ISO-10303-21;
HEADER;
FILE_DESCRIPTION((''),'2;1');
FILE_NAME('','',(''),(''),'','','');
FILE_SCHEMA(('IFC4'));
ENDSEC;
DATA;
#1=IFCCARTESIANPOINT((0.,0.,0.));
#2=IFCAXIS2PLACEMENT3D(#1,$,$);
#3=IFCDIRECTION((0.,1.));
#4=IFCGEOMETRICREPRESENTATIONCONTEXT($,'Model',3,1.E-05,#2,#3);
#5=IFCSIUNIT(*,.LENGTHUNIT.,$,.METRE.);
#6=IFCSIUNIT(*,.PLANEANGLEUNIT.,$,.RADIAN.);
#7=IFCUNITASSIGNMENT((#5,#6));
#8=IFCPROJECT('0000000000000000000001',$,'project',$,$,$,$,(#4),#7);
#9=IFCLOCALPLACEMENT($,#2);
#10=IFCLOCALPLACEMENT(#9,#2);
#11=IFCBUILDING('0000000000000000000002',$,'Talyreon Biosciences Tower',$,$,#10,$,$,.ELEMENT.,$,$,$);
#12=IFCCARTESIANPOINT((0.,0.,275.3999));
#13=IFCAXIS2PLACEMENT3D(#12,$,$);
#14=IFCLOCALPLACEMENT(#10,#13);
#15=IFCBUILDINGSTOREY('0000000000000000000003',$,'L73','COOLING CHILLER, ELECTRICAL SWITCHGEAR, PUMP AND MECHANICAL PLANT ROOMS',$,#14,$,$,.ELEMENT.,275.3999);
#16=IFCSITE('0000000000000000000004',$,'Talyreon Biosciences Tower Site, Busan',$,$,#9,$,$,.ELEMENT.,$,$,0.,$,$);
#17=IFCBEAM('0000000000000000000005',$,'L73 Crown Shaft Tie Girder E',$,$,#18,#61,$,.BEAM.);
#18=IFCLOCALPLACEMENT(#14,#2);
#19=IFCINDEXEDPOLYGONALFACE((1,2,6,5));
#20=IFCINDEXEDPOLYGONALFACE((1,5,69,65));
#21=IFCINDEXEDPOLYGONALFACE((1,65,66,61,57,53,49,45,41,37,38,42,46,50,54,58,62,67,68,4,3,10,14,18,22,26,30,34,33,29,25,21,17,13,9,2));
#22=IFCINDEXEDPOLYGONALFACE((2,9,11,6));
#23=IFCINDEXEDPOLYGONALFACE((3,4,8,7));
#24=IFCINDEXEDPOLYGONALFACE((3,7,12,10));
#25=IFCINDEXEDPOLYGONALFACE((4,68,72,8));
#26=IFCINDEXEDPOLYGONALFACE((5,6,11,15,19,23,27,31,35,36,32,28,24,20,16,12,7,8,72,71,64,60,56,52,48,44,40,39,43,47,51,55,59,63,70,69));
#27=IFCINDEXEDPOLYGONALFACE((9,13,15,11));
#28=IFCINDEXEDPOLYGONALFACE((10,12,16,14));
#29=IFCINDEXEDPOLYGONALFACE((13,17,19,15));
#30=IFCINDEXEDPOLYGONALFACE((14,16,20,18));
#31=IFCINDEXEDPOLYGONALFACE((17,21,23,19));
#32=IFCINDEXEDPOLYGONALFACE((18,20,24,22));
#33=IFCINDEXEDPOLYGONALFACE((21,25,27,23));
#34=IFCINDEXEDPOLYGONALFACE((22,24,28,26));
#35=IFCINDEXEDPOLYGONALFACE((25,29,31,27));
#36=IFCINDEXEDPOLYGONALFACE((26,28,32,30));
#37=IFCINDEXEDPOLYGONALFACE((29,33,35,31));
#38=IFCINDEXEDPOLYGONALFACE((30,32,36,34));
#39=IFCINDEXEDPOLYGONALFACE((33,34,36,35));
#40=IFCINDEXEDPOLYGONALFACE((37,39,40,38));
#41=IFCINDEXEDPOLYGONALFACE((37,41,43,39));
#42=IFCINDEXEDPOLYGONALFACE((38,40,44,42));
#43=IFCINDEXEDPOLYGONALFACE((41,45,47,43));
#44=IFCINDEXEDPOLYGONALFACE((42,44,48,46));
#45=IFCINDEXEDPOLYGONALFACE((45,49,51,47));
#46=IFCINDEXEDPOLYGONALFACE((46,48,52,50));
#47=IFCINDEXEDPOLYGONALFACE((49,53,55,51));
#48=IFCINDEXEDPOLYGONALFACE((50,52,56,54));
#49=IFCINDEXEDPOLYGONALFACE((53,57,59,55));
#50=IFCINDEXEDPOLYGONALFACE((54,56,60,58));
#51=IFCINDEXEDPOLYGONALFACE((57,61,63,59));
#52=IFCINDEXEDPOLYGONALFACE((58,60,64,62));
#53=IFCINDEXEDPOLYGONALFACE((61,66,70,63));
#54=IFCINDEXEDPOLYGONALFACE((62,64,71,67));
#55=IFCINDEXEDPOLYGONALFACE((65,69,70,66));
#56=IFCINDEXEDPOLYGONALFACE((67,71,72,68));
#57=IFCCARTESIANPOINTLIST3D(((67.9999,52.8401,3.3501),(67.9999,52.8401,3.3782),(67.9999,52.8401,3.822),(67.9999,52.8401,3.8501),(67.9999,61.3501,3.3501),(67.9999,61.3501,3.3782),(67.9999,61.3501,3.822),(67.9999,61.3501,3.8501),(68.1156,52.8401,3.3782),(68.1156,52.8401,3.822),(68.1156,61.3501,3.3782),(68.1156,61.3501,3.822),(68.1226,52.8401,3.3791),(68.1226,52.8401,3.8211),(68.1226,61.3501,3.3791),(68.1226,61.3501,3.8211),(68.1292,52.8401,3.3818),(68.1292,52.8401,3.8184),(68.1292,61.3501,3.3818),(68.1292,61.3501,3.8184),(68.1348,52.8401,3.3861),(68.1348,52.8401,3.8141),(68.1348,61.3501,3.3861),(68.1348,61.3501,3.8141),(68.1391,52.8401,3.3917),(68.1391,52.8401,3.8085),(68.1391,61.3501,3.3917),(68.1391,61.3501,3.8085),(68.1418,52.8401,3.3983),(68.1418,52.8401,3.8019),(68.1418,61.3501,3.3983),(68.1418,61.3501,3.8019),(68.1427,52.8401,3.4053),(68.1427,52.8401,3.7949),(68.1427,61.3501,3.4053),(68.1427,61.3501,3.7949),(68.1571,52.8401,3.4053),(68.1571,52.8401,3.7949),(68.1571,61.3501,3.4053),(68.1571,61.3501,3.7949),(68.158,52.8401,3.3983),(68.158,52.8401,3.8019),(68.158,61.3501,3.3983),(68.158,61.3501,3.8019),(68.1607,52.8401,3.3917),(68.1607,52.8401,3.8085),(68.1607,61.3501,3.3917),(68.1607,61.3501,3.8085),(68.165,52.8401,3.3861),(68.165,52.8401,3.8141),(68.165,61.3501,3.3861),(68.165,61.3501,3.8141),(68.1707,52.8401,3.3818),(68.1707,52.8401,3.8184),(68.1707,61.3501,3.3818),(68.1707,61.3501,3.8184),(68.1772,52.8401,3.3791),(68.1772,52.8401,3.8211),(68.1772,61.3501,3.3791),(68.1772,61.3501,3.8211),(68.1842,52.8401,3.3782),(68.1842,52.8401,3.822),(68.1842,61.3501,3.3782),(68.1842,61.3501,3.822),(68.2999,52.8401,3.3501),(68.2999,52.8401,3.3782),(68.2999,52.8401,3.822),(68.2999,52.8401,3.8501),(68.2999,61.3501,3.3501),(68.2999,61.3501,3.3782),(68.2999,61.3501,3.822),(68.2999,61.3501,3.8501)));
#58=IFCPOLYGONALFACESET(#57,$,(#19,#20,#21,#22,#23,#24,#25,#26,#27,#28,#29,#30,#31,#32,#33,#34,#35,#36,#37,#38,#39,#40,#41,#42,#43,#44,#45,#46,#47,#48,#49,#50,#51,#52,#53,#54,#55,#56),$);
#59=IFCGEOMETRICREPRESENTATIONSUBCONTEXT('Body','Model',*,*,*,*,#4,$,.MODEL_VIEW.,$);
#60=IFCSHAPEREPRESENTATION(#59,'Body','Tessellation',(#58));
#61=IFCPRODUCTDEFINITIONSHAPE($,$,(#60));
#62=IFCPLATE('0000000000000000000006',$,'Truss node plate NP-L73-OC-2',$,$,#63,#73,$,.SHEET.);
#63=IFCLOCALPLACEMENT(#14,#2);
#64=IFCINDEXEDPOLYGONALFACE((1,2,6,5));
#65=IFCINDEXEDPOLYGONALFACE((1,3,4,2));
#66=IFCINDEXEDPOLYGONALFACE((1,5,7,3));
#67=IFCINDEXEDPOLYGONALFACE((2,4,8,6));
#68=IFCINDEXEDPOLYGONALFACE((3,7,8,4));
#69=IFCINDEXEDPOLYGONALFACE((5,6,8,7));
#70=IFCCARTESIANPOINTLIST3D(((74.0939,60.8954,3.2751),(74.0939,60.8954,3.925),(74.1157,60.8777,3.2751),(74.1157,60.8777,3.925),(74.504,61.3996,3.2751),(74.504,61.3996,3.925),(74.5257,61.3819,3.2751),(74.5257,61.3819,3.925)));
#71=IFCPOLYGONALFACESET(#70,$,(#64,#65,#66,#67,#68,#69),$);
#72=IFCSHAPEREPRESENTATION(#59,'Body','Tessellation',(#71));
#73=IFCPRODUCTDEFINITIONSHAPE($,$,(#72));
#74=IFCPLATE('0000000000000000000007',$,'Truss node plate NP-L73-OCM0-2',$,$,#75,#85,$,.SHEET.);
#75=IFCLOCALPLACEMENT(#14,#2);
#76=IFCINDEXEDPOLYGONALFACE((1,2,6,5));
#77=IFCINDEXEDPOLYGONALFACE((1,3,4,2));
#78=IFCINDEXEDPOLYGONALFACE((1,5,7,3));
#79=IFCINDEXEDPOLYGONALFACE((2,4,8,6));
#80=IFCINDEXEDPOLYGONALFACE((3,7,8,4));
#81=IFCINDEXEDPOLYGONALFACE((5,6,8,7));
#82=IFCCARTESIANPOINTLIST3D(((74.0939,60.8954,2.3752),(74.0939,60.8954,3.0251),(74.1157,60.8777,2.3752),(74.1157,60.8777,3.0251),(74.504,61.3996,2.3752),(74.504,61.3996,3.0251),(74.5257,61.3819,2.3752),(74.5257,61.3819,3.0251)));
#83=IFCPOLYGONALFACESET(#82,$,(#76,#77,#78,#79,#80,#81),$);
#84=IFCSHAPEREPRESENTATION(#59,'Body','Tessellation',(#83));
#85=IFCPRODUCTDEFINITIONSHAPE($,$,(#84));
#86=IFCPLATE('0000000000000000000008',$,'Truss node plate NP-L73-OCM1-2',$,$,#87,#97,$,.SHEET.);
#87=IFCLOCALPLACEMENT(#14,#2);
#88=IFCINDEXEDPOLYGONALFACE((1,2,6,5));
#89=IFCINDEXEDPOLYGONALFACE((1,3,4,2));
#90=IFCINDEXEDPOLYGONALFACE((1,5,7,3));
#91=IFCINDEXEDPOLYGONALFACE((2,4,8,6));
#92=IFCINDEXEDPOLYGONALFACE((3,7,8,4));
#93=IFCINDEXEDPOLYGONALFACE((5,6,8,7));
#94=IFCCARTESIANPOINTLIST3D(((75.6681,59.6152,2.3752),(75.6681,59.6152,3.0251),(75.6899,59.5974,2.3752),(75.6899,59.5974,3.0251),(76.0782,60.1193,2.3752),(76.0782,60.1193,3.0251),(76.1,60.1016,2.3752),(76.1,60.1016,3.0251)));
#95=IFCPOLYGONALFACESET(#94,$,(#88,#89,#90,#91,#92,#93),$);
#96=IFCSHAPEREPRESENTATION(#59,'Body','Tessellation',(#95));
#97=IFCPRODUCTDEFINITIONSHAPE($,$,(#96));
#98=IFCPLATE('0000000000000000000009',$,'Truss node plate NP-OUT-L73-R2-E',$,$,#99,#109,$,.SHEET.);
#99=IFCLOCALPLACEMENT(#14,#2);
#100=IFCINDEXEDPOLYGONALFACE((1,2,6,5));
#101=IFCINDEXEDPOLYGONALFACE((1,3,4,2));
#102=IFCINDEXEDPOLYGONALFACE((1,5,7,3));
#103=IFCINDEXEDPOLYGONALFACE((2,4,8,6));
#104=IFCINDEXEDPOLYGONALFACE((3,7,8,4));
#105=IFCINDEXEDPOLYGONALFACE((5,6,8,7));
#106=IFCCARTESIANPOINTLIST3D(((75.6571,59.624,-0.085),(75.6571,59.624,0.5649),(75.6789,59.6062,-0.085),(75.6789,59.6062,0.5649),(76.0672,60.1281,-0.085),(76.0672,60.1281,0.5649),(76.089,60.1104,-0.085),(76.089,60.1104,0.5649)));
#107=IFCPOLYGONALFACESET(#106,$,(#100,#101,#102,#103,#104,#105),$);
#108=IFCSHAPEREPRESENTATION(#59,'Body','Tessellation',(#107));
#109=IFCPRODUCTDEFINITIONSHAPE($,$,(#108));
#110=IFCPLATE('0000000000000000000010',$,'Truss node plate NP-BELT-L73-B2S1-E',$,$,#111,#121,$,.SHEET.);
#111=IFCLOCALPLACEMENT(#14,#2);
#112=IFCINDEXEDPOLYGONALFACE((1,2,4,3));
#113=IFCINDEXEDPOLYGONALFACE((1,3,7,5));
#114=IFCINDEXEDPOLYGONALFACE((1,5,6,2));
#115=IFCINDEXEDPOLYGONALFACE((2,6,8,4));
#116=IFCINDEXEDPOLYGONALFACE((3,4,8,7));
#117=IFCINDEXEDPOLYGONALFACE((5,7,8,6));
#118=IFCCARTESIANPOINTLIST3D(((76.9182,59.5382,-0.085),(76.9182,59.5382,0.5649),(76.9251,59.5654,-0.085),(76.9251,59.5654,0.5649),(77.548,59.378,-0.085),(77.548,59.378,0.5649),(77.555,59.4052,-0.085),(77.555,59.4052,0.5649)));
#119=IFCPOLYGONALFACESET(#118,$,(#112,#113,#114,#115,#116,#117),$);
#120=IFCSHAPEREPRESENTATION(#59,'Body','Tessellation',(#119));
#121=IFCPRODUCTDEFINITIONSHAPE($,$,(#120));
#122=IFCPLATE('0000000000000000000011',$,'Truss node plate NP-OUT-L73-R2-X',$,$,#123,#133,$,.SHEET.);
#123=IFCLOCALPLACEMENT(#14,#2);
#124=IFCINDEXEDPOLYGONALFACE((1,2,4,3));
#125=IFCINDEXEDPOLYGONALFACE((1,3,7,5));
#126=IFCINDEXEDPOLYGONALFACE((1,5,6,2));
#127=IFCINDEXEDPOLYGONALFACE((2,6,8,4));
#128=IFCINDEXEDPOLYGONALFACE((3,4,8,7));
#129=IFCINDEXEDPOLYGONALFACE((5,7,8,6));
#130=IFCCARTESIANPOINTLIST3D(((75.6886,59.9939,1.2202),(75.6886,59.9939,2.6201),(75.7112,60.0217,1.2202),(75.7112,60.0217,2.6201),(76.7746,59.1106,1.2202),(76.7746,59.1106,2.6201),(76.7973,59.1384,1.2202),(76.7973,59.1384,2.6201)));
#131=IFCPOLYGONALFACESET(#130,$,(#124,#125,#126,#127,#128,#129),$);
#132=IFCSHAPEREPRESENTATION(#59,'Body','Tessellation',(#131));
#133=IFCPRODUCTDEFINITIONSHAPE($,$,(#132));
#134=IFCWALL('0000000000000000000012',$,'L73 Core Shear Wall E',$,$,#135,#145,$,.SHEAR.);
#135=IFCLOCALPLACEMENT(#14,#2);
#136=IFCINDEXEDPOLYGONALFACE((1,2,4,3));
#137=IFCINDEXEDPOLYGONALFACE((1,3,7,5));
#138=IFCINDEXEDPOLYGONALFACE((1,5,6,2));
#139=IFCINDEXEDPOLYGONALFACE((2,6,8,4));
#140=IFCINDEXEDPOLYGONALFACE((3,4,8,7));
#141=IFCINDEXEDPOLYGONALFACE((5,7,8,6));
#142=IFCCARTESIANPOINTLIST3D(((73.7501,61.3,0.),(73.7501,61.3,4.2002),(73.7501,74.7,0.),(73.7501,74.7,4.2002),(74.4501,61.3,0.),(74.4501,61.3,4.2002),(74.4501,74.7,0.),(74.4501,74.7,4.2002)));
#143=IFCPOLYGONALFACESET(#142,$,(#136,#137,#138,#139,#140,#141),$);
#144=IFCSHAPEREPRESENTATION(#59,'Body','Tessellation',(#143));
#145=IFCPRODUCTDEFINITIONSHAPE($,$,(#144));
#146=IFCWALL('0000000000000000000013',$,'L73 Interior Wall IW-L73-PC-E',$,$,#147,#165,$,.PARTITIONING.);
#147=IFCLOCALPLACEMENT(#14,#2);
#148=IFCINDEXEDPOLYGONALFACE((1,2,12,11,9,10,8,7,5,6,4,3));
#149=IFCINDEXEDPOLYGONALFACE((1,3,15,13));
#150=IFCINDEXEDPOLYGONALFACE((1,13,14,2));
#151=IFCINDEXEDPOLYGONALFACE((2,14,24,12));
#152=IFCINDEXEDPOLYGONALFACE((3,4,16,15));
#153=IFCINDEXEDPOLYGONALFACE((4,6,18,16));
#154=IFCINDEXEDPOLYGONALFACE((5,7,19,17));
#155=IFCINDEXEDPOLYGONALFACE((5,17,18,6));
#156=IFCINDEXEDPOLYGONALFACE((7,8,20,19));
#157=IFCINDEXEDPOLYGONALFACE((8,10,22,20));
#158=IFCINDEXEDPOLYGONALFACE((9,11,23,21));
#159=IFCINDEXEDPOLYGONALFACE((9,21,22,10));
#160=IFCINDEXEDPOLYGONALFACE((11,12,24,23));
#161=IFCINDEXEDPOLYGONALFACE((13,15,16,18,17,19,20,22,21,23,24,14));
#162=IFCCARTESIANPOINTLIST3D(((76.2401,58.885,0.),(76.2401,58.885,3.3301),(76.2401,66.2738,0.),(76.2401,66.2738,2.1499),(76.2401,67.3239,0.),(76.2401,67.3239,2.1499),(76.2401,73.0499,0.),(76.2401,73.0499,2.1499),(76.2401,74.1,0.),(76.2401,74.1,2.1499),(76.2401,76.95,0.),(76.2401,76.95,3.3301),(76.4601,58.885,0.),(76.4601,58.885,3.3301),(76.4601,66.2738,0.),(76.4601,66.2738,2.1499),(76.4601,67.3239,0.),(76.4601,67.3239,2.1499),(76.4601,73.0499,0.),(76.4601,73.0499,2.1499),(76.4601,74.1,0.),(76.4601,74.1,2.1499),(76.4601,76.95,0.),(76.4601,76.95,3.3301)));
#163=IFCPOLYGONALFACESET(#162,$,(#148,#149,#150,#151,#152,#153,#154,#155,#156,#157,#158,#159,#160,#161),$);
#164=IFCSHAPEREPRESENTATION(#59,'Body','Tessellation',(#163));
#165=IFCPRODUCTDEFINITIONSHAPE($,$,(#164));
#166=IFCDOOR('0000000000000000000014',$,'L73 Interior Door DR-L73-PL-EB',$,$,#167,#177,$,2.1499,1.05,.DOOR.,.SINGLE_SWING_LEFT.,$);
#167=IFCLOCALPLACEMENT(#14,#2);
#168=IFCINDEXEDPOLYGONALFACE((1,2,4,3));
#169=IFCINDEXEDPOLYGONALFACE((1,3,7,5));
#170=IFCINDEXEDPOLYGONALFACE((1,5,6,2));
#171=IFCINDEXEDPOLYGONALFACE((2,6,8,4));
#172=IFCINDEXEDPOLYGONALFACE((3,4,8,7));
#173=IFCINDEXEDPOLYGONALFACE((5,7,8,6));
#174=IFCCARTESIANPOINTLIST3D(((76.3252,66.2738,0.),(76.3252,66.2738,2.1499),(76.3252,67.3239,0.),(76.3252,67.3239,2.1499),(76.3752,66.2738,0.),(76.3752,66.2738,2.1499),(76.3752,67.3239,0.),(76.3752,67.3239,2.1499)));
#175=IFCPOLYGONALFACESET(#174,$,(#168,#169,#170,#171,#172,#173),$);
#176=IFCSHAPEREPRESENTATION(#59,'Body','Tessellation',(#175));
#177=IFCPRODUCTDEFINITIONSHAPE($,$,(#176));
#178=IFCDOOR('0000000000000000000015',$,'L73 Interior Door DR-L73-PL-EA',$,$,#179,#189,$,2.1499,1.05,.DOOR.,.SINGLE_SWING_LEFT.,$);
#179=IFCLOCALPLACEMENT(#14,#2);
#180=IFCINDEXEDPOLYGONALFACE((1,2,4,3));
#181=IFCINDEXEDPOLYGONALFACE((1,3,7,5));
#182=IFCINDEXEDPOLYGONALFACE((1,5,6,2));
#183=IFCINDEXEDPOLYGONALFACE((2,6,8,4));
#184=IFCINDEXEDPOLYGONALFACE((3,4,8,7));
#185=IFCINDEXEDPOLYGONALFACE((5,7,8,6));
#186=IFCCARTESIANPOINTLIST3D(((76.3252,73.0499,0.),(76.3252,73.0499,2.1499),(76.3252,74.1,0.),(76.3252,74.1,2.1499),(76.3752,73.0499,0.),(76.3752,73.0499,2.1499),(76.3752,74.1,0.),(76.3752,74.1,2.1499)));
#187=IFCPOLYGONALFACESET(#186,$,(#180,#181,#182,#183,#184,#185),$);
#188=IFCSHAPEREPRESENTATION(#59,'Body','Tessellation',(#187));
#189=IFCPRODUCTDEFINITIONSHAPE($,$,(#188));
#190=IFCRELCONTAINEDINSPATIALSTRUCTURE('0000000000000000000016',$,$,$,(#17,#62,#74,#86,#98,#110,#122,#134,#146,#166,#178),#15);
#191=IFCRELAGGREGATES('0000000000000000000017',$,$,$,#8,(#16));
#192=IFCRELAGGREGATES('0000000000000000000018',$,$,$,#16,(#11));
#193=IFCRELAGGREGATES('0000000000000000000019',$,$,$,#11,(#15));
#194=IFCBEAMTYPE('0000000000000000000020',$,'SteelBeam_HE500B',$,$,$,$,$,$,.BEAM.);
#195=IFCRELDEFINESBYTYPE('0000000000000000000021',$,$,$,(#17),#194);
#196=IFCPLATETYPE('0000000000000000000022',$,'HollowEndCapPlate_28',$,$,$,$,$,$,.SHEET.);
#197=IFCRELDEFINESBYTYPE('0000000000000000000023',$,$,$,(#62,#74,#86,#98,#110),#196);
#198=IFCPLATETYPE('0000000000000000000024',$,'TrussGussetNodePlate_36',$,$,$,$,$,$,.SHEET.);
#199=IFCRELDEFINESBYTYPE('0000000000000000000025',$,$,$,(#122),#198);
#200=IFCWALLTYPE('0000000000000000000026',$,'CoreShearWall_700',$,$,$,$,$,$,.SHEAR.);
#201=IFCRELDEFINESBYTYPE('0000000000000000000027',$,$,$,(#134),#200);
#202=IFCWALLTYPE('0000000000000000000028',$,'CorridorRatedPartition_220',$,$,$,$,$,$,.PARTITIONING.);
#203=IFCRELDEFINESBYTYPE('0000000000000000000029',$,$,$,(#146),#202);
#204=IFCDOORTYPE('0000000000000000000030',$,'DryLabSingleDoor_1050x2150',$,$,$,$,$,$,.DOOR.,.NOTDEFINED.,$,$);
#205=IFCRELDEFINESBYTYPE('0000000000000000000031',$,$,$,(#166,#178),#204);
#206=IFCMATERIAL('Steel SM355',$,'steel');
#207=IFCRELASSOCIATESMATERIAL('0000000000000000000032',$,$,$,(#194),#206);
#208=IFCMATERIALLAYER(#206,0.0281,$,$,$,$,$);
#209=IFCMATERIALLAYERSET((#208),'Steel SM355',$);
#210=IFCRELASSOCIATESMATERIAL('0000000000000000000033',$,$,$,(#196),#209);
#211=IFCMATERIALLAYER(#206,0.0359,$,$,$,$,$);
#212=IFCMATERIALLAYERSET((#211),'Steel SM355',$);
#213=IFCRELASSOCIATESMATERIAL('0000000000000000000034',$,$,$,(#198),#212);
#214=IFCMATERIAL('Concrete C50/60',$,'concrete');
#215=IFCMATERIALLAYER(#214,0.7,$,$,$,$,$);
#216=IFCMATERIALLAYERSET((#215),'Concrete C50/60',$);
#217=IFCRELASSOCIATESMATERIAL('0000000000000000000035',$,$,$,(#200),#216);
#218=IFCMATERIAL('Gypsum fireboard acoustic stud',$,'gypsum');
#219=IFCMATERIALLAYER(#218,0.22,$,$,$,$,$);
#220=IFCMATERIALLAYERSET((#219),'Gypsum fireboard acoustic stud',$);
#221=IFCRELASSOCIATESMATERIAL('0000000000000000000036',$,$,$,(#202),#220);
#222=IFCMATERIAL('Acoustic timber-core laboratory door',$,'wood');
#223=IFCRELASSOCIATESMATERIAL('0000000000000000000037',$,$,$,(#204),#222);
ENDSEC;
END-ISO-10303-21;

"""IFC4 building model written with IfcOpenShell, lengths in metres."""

from ifc_helpers import new_model, si_unit, direction, frame, frame_2d, origin, origin_2d, place, context, subcontext, project, spatial, rectangle, i_section, extrude, material, layer, layer_set, material_profile, profile_set, type_object, element, fill, save


model = new_model("IFC4")

# Units and contexts
model_context = context("Model", 3, precision=1e-05, world=origin(), true_north=direction((0.0, 1.0)))
body_context = subcontext(model_context, "Body", "Model", "MODEL_VIEW")
ifc_project = project(units=[si_unit("LENGTHUNIT", "METRE"), si_unit("PLANEANGLEUNIT", "RADIAN")], contexts=[model_context])

# Site, building, storey
site_placement = place(None, origin())
site = spatial("IfcSite", under=ifc_project, at=site_placement, Name="Talyreon Biosciences Tower Site, Busan", CompositionType="ELEMENT", RefElevation=0.0)
building_placement = place(site_placement, origin())
building = spatial("IfcBuilding", under=site, at=building_placement, Name="Talyreon Biosciences Tower", CompositionType="ELEMENT")
storey_placement = place(building_placement, frame((0.0, 0.0, 275.3999)))
storey = spatial("IfcBuildingStorey", under=building, at=storey_placement, Name="L73", Description="COOLING CHILLER, ELECTRICAL SWITCHGEAR, PUMP AND MECHANICAL PLANT ROOMS", CompositionType="ELEMENT", Elevation=275.3999)

# Shared definitions
ifc_material_1 = material(Name="Concrete C50/60", Category="concrete")

# Shared definitions
ifc_material_2 = material(Name="Steel SM355", Category="steel")

# Beam
ifc_material_profile_1 = material_profile(ifc_material_2, i_section(OverallWidth=0.3, OverallDepth=0.5, WebThickness=0.0144, FlangeThickness=0.0281, FilletRadius=0.0271, at=origin_2d()), Name="HE500B")
ifc_profile_set_1 = profile_set([ifc_material_profile_1], Name="Steel SM355")
beam_type_1 = type_object("IfcBeamType", Name="SteelBeam_HE500B", PredefinedType="BEAM", material=ifc_profile_set_1)
beam_1_placement = place(storey_placement, frame((68.1499, 52.8401, 3.6001), z_axis=(0.0, 1.0, 0.0), x_axis=(-1.0, 0.0, 0.0)))
element("IfcBeam", 1, at=beam_1_placement, inside=storey, type_object=beam_type_1, Name="L73 Crown Shaft Tie Girder E", PredefinedType="BEAM", context=body_context, shape_type="SweptSolid", body=[
    extrude(i_section(OverallWidth=0.3, OverallDepth=0.5, WebThickness=0.0144, FlangeThickness=0.0281, FilletRadius=0.0271, at=origin_2d()), origin(), (0.0, 0.0, 1.0), 8.51),
])

# Plates
ifc_layer_1 = layer(ifc_material_2, 0.0281)
ifc_layer_set_1 = layer_set([ifc_layer_1], Name="Steel SM355")
plate_type_1 = type_object("IfcPlateType", Name="HollowEndCapPlate_28", PredefinedType="SHEET", material=ifc_layer_set_1)
for number, where, z_axis, x_axis, name in (
    (2, (74.3098, 61.1387, 3.2751), (0.0, 0.0, 1.0), (0.631001, 0.775782, 0.0), "Truss node plate NP-L73-OC-2"),
    (3, (74.3098, 61.1387, 2.3752), (0.0, 0.0, 1.0), (0.631001, 0.775782, 0.0), "Truss node plate NP-L73-OCM0-2"),
    (4, (75.884, 59.8584, 2.3752), (0.0, 0.0, 1.0), (0.631001, 0.775782, 0.0), "Truss node plate NP-L73-OCM1-2"),
    (5, (75.873, 59.8672, -0.085), (0.0, 0.0, 1.0), (0.630987, 0.775793, 0.0), "Truss node plate NP-OUT-L73-R2-E"),
    (6, (77.2366, 59.4717, -0.085), (0.0, 0.0, 1.0), (-0.969132, 0.246542, 0.0), "Truss node plate NP-BELT-L73-B2S1-E"),
):
    element("IfcPlate", number, at=place(storey_placement, frame(where, z_axis=z_axis, x_axis=x_axis)), inside=storey, type_object=plate_type_1, Name=name, PredefinedType="SHEET", context=body_context, shape_type="SweptSolid", body=[
        extrude(rectangle(XDim=0.6499, YDim=0.0281, at=origin_2d()), origin(), (0.0, 0.0, 1.0), 0.6499),
    ])
ifc_layer_2 = layer(ifc_material_2, 0.0359)
ifc_layer_set_2 = layer_set([ifc_layer_2], Name="Steel SM355")
plate_type_2 = type_object("IfcPlateType", Name="TrussGussetNodePlate_36", PredefinedType="SHEET", material=ifc_layer_set_2)
plate_placement = place(storey_placement, frame((76.2429, 59.5662, 1.2202), z_axis=(0.0, 0.0, 1.0), x_axis=(0.775793, -0.630987, 0.0)))
element("IfcPlate", 7, at=plate_placement, inside=storey, type_object=plate_type_2, Name="Truss node plate NP-OUT-L73-R2-X", PredefinedType="SHEET", context=body_context, shape_type="SweptSolid", body=[
    extrude(rectangle(XDim=1.3999, YDim=0.0359, at=origin_2d()), origin(), (0.0, 0.0, 1.0), 1.3999),
])

# Wall
ifc_layer_3 = layer(ifc_material_1, 0.7)
ifc_layer_set_3 = layer_set([ifc_layer_3], Name="Concrete C50/60")
wall_type_1 = type_object("IfcWallType", Name="CoreShearWall_700", PredefinedType="SHEAR", material=ifc_layer_set_3)
wall_1_placement = place(storey_placement, frame((74.1001, 61.3, 0.0), z_axis=(0.0, 0.0, 1.0), x_axis=(0.0, 1.0, 0.0)))
element("IfcWall", 8, at=wall_1_placement, inside=storey, type_object=wall_type_1, Name="L73 Core Shear Wall E", PredefinedType="SHEAR", context=body_context, shape_type="SweptSolid", body=[
    extrude(rectangle(XDim=13.3999, YDim=0.7, at=frame_2d((6.7, 0.0))), origin(), (0.0, 0.0, 1.0), 4.2002),
])

# Wall, openings, doors
ifc_material_3 = material(Name="Gypsum fireboard acoustic stud", Category="gypsum")
ifc_layer_4 = layer(ifc_material_3, 0.22)
ifc_layer_set_4 = layer_set([ifc_layer_4], Name="Gypsum fireboard acoustic stud")
wall_type_2 = type_object("IfcWallType", Name="CorridorRatedPartition_220", PredefinedType="PARTITIONING", material=ifc_layer_set_4)
wall_2_placement = place(storey_placement, frame((76.3501, 58.885, 0.0), z_axis=(0.0, 0.0, 1.0), x_axis=(0.0, 1.0, 0.0)))
wall_2 = element("IfcWall", 9, at=wall_2_placement, inside=storey, type_object=wall_type_2, Name="L73 Interior Wall IW-L73-PC-E", PredefinedType="PARTITIONING", context=body_context, shape_type="SweptSolid", body=[
    extrude(rectangle(XDim=18.0649, YDim=0.22, at=frame_2d((9.0325, 0.0))), origin(), (0.0, 0.0, 1.0), 3.3301),
])
opening_1_placement = place(wall_2_placement, frame((7.3889, 0.0, 0.0)))
opening_1 = element("IfcOpeningElement", 10, at=opening_1_placement, cuts=wall_2, PredefinedType="OPENING", context=body_context, shape_type="SweptSolid", body=[
    extrude(rectangle(XDim=1.05, YDim=2.1499, at=frame_2d((0.5249, 1.075))), frame((0.0, 0.1199, 0.0), z_axis=(0.0, -1.0, 0.0), x_axis=(1.0, 0.0, 0.0)), (0.0, 0.0, 1.0), 0.24),
])
opening_2_placement = place(wall_2_placement, frame((14.165, 0.0, 0.0)))
opening_2 = element("IfcOpeningElement", 11, at=opening_2_placement, cuts=wall_2, PredefinedType="OPENING", context=body_context, shape_type="SweptSolid", body=[
    extrude(rectangle(XDim=1.05, YDim=2.1499, at=frame_2d((0.5249, 1.075))), frame((0.0, 0.1199, 0.0), z_axis=(0.0, -1.0, 0.0), x_axis=(1.0, 0.0, 0.0)), (0.0, 0.0, 1.0), 0.24),
])
ifc_material_4 = material(Name="Acoustic timber-core laboratory door", Category="wood")
door_type_1 = type_object("IfcDoorType", Name="DryLabSingleDoor_1050x2150", OperationType="NOTDEFINED", PredefinedType="DOOR", material=ifc_material_4)
door_1_placement = place(opening_1_placement, origin())
door_1 = element("IfcDoor", 12, at=door_1_placement, inside=storey, type_object=door_type_1, Name="L73 Interior Door DR-L73-PL-EB", OperationType="SINGLE_SWING_LEFT", OverallHeight=2.1499, OverallWidth=1.05, PredefinedType="DOOR", context=body_context, shape_type="SweptSolid", body=[
    extrude(rectangle(XDim=1.05, YDim=2.1499, at=frame_2d((0.5249, 1.075))), frame((0.0, 0.0249, 0.0), z_axis=(0.0, -1.0, 0.0), x_axis=(1.0, 0.0, 0.0)), (0.0, 0.0, 1.0), 0.05),
])
fill(opening_1, door_1)
door_2_placement = place(opening_2_placement, origin())
door_2 = element("IfcDoor", 13, at=door_2_placement, inside=storey, type_object=door_type_1, Name="L73 Interior Door DR-L73-PL-EA", OperationType="SINGLE_SWING_LEFT", OverallHeight=2.1499, OverallWidth=1.05, PredefinedType="DOOR", context=body_context, shape_type="SweptSolid", body=[
    extrude(rectangle(XDim=1.05, YDim=2.1499, at=frame_2d((0.5249, 1.075))), frame((0.0, 0.0249, 0.0), z_axis=(0.0, -1.0, 0.0), x_axis=(1.0, 0.0, 0.0)), (0.0, 0.0, 1.0), 0.05),
])
fill(opening_2, door_2)

save(model, "model.ifc")
